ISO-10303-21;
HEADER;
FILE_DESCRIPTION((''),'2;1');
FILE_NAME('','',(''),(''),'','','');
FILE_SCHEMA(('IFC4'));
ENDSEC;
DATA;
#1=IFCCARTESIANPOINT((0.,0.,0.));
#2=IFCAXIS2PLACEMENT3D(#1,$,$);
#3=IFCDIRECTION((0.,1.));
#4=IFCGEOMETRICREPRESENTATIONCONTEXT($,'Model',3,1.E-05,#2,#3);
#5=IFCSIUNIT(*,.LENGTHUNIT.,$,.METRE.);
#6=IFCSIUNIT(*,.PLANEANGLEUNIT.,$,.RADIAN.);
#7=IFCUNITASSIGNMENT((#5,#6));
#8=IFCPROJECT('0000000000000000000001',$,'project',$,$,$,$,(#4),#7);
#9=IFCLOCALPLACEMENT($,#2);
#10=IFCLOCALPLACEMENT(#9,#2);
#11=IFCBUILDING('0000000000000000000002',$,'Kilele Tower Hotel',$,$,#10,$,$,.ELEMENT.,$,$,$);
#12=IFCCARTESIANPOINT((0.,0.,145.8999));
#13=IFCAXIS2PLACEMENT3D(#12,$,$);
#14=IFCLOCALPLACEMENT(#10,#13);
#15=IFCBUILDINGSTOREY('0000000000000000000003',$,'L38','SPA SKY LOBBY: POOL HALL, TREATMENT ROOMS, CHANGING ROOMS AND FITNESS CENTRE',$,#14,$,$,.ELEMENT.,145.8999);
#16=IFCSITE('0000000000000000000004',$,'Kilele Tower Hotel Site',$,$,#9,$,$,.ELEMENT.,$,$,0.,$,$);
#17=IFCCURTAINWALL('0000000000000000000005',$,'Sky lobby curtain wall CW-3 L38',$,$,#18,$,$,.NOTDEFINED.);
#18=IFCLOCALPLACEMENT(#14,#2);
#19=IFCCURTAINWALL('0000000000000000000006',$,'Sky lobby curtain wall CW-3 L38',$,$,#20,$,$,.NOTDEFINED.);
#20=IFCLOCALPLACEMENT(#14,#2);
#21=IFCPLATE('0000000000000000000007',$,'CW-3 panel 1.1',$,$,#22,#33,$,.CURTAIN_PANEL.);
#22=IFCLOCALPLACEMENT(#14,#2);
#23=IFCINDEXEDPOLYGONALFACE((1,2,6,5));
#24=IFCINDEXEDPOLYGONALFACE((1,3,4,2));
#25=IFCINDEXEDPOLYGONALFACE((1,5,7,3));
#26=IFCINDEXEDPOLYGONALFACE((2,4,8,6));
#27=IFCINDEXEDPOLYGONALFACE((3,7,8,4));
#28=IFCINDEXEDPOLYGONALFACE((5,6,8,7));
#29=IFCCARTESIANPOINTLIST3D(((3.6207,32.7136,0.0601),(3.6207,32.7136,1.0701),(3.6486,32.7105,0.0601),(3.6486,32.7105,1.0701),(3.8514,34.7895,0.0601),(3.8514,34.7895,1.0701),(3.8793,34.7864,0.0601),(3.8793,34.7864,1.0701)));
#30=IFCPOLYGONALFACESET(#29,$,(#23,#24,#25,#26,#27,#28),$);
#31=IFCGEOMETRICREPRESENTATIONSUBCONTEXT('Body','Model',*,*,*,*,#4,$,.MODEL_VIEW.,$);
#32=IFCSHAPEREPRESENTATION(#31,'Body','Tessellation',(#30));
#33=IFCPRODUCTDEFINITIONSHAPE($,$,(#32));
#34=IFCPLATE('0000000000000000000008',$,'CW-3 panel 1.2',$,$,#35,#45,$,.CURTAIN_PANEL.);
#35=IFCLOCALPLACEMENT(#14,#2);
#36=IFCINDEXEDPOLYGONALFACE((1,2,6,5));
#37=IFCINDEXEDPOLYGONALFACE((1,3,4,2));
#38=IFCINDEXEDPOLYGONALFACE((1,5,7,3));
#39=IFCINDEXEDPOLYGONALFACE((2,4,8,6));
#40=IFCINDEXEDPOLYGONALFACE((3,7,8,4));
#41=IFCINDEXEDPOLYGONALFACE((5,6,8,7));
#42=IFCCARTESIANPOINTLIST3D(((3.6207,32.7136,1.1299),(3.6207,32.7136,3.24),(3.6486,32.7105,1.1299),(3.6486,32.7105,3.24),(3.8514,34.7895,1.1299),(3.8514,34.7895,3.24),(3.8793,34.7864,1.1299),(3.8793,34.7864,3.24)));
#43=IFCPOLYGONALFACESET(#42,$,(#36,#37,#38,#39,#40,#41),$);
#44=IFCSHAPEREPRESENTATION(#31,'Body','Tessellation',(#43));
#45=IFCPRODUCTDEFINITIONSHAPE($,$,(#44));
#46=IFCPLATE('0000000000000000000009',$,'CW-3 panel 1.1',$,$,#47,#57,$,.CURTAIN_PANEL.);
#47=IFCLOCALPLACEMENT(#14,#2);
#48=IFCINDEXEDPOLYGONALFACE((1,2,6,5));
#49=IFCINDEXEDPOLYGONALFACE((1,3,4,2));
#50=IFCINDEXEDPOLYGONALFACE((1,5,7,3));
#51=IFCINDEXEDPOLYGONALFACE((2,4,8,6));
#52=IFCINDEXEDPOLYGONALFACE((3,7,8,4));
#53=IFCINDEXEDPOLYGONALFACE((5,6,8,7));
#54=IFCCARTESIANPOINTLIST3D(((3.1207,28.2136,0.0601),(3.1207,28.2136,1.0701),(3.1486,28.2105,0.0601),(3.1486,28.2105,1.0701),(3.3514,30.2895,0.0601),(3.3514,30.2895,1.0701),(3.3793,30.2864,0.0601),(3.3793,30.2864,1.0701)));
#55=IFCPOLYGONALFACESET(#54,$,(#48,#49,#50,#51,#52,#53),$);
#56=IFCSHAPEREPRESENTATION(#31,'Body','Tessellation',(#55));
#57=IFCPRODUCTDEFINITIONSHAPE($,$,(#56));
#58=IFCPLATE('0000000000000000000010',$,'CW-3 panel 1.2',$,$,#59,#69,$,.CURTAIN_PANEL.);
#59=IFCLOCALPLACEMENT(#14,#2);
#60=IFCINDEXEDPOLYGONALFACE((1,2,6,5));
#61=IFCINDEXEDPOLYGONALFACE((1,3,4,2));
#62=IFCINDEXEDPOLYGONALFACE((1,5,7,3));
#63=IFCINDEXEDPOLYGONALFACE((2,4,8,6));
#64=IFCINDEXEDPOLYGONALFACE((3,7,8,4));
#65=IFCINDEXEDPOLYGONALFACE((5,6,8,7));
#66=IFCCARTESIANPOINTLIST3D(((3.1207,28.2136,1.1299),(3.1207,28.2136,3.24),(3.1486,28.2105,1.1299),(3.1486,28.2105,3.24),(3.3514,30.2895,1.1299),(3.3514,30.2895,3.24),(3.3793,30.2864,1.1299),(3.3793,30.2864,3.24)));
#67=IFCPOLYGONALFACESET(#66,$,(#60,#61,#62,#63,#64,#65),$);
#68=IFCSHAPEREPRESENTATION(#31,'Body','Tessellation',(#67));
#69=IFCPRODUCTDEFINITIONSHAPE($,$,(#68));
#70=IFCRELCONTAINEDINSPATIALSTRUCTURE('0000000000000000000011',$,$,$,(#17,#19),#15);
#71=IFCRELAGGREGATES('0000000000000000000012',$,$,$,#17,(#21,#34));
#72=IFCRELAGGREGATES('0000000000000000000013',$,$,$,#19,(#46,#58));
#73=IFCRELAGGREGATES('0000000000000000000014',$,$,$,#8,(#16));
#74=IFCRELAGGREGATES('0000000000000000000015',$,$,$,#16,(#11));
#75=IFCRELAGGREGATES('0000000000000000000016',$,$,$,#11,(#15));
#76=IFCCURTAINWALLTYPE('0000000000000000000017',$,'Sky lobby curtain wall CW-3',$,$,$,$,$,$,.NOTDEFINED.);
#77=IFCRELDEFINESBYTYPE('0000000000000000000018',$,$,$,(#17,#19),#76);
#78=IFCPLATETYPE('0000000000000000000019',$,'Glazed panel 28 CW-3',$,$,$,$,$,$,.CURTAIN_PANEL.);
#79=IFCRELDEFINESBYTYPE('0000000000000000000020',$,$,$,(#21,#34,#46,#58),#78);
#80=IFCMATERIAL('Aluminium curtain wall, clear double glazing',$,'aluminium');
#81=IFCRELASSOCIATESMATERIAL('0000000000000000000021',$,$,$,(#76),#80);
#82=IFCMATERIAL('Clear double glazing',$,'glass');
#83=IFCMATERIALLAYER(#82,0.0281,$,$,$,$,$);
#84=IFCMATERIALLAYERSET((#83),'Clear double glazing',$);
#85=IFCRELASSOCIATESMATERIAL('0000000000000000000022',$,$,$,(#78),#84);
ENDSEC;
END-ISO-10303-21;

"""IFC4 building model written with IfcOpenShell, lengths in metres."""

from ifc_helpers import new_model, si_unit, direction, frame, origin, origin_2d, place, context, subcontext, project, spatial, rectangle, extrude, material, layer, layer_set, type_object, element, aggregate, save


model = new_model("IFC4")

# Units and contexts
model_context = context("Model", 3, precision=1e-05, world=origin(), true_north=direction((0.0, 1.0)))
body_context = subcontext(model_context, "Body", "Model", "MODEL_VIEW")
ifc_project = project(units=[si_unit("LENGTHUNIT", "METRE"), si_unit("PLANEANGLEUNIT", "RADIAN")], contexts=[model_context])

# Site, building, storey
site_placement = place(None, origin())
site = spatial("IfcSite", under=ifc_project, at=site_placement, Name="Kilele Tower Hotel Site", CompositionType="ELEMENT", RefElevation=0.0)
building_placement = place(site_placement, origin())
building = spatial("IfcBuilding", under=site, at=building_placement, Name="Kilele Tower Hotel", CompositionType="ELEMENT")
storey_placement = place(building_placement, frame((0.0, 0.0, 145.8999)))
storey = spatial("IfcBuildingStorey", under=building, at=storey_placement, Name="L38", Description="SPA SKY LOBBY: POOL HALL, TREATMENT ROOMS, CHANGING ROOMS AND FITNESS CENTRE", CompositionType="ELEMENT", Elevation=145.8999)

# Curtain walls
ifc_material_1 = material(Name="Aluminium curtain wall, clear double glazing", Category="aluminium")
curtain_wall_type = type_object("IfcCurtainWallType", Name="Sky lobby curtain wall CW-3", PredefinedType="NOTDEFINED", material=ifc_material_1)
curtain_wall_1_placement = place(storey_placement, origin())
curtain_wall_1 = element("IfcCurtainWall", 1, at=curtain_wall_1_placement, inside=storey, type_object=curtain_wall_type, Name="Sky lobby curtain wall CW-3 L38", PredefinedType="NOTDEFINED")
curtain_wall_2_placement = place(storey_placement, origin())
curtain_wall_2 = element("IfcCurtainWall", 2, at=curtain_wall_2_placement, inside=storey, type_object=curtain_wall_type, Name="Sky lobby curtain wall CW-3 L38", PredefinedType="NOTDEFINED")

# Plates
ifc_material_2 = material(Name="Clear double glazing", Category="glass")
ifc_layer_1 = layer(ifc_material_2, 0.0281)
ifc_layer_set_1 = layer_set([ifc_layer_1], Name="Clear double glazing")
plate_type = type_object("IfcPlateType", Name="Glazed panel 28 CW-3", PredefinedType="CURTAIN_PANEL", material=ifc_layer_set_1)
plate_1_placement = place(storey_placement, frame((3.75, 33.75, 0.0601), z_axis=(0.0, 0.0, 1.0), x_axis=(-0.110432, -0.993884, 0.0)))
plate_1 = element("IfcPlate", 3, at=plate_1_placement, type_object=plate_type, Name="CW-3 panel 1.1", PredefinedType="CURTAIN_PANEL", context=body_context, shape_type="SweptSolid", body=[
    extrude(rectangle(XDim=2.0886, YDim=0.0281, at=origin_2d()), origin(), (0.0, 0.0, 1.0), 1.01),
])
plate_2_placement = place(storey_placement, frame((3.75, 33.75, 1.1299), z_axis=(0.0, 0.0, 1.0), x_axis=(-0.110432, -0.993884, 0.0)))
plate_2 = element("IfcPlate", 4, at=plate_2_placement, type_object=plate_type, Name="CW-3 panel 1.2", PredefinedType="CURTAIN_PANEL", context=body_context, shape_type="SweptSolid", body=[
    extrude(rectangle(XDim=2.0886, YDim=0.0281, at=origin_2d()), origin(), (0.0, 0.0, 1.0), 2.1101),
])
aggregate(curtain_wall_1, [plate_1, plate_2])
plate_3_placement = place(storey_placement, frame((3.25, 29.25, 0.0601), z_axis=(0.0, 0.0, 1.0), x_axis=(-0.110432, -0.993884, 0.0)))
plate_3 = element("IfcPlate", 5, at=plate_3_placement, type_object=plate_type, Name="CW-3 panel 1.1", PredefinedType="CURTAIN_PANEL", context=body_context, shape_type="SweptSolid", body=[
    extrude(rectangle(XDim=2.0886, YDim=0.0281, at=origin_2d()), origin(), (0.0, 0.0, 1.0), 1.01),
])
plate_4_placement = place(storey_placement, frame((3.25, 29.25, 1.1299), z_axis=(0.0, 0.0, 1.0), x_axis=(-0.110432, -0.993884, 0.0)))
plate_4 = element("IfcPlate", 6, at=plate_4_placement, type_object=plate_type, Name="CW-3 panel 1.2", PredefinedType="CURTAIN_PANEL", context=body_context, shape_type="SweptSolid", body=[
    extrude(rectangle(XDim=2.0886, YDim=0.0281, at=origin_2d()), origin(), (0.0, 0.0, 1.0), 2.1101),
])
aggregate(curtain_wall_2, [plate_3, plate_4])

save(model, "model.ifc")
